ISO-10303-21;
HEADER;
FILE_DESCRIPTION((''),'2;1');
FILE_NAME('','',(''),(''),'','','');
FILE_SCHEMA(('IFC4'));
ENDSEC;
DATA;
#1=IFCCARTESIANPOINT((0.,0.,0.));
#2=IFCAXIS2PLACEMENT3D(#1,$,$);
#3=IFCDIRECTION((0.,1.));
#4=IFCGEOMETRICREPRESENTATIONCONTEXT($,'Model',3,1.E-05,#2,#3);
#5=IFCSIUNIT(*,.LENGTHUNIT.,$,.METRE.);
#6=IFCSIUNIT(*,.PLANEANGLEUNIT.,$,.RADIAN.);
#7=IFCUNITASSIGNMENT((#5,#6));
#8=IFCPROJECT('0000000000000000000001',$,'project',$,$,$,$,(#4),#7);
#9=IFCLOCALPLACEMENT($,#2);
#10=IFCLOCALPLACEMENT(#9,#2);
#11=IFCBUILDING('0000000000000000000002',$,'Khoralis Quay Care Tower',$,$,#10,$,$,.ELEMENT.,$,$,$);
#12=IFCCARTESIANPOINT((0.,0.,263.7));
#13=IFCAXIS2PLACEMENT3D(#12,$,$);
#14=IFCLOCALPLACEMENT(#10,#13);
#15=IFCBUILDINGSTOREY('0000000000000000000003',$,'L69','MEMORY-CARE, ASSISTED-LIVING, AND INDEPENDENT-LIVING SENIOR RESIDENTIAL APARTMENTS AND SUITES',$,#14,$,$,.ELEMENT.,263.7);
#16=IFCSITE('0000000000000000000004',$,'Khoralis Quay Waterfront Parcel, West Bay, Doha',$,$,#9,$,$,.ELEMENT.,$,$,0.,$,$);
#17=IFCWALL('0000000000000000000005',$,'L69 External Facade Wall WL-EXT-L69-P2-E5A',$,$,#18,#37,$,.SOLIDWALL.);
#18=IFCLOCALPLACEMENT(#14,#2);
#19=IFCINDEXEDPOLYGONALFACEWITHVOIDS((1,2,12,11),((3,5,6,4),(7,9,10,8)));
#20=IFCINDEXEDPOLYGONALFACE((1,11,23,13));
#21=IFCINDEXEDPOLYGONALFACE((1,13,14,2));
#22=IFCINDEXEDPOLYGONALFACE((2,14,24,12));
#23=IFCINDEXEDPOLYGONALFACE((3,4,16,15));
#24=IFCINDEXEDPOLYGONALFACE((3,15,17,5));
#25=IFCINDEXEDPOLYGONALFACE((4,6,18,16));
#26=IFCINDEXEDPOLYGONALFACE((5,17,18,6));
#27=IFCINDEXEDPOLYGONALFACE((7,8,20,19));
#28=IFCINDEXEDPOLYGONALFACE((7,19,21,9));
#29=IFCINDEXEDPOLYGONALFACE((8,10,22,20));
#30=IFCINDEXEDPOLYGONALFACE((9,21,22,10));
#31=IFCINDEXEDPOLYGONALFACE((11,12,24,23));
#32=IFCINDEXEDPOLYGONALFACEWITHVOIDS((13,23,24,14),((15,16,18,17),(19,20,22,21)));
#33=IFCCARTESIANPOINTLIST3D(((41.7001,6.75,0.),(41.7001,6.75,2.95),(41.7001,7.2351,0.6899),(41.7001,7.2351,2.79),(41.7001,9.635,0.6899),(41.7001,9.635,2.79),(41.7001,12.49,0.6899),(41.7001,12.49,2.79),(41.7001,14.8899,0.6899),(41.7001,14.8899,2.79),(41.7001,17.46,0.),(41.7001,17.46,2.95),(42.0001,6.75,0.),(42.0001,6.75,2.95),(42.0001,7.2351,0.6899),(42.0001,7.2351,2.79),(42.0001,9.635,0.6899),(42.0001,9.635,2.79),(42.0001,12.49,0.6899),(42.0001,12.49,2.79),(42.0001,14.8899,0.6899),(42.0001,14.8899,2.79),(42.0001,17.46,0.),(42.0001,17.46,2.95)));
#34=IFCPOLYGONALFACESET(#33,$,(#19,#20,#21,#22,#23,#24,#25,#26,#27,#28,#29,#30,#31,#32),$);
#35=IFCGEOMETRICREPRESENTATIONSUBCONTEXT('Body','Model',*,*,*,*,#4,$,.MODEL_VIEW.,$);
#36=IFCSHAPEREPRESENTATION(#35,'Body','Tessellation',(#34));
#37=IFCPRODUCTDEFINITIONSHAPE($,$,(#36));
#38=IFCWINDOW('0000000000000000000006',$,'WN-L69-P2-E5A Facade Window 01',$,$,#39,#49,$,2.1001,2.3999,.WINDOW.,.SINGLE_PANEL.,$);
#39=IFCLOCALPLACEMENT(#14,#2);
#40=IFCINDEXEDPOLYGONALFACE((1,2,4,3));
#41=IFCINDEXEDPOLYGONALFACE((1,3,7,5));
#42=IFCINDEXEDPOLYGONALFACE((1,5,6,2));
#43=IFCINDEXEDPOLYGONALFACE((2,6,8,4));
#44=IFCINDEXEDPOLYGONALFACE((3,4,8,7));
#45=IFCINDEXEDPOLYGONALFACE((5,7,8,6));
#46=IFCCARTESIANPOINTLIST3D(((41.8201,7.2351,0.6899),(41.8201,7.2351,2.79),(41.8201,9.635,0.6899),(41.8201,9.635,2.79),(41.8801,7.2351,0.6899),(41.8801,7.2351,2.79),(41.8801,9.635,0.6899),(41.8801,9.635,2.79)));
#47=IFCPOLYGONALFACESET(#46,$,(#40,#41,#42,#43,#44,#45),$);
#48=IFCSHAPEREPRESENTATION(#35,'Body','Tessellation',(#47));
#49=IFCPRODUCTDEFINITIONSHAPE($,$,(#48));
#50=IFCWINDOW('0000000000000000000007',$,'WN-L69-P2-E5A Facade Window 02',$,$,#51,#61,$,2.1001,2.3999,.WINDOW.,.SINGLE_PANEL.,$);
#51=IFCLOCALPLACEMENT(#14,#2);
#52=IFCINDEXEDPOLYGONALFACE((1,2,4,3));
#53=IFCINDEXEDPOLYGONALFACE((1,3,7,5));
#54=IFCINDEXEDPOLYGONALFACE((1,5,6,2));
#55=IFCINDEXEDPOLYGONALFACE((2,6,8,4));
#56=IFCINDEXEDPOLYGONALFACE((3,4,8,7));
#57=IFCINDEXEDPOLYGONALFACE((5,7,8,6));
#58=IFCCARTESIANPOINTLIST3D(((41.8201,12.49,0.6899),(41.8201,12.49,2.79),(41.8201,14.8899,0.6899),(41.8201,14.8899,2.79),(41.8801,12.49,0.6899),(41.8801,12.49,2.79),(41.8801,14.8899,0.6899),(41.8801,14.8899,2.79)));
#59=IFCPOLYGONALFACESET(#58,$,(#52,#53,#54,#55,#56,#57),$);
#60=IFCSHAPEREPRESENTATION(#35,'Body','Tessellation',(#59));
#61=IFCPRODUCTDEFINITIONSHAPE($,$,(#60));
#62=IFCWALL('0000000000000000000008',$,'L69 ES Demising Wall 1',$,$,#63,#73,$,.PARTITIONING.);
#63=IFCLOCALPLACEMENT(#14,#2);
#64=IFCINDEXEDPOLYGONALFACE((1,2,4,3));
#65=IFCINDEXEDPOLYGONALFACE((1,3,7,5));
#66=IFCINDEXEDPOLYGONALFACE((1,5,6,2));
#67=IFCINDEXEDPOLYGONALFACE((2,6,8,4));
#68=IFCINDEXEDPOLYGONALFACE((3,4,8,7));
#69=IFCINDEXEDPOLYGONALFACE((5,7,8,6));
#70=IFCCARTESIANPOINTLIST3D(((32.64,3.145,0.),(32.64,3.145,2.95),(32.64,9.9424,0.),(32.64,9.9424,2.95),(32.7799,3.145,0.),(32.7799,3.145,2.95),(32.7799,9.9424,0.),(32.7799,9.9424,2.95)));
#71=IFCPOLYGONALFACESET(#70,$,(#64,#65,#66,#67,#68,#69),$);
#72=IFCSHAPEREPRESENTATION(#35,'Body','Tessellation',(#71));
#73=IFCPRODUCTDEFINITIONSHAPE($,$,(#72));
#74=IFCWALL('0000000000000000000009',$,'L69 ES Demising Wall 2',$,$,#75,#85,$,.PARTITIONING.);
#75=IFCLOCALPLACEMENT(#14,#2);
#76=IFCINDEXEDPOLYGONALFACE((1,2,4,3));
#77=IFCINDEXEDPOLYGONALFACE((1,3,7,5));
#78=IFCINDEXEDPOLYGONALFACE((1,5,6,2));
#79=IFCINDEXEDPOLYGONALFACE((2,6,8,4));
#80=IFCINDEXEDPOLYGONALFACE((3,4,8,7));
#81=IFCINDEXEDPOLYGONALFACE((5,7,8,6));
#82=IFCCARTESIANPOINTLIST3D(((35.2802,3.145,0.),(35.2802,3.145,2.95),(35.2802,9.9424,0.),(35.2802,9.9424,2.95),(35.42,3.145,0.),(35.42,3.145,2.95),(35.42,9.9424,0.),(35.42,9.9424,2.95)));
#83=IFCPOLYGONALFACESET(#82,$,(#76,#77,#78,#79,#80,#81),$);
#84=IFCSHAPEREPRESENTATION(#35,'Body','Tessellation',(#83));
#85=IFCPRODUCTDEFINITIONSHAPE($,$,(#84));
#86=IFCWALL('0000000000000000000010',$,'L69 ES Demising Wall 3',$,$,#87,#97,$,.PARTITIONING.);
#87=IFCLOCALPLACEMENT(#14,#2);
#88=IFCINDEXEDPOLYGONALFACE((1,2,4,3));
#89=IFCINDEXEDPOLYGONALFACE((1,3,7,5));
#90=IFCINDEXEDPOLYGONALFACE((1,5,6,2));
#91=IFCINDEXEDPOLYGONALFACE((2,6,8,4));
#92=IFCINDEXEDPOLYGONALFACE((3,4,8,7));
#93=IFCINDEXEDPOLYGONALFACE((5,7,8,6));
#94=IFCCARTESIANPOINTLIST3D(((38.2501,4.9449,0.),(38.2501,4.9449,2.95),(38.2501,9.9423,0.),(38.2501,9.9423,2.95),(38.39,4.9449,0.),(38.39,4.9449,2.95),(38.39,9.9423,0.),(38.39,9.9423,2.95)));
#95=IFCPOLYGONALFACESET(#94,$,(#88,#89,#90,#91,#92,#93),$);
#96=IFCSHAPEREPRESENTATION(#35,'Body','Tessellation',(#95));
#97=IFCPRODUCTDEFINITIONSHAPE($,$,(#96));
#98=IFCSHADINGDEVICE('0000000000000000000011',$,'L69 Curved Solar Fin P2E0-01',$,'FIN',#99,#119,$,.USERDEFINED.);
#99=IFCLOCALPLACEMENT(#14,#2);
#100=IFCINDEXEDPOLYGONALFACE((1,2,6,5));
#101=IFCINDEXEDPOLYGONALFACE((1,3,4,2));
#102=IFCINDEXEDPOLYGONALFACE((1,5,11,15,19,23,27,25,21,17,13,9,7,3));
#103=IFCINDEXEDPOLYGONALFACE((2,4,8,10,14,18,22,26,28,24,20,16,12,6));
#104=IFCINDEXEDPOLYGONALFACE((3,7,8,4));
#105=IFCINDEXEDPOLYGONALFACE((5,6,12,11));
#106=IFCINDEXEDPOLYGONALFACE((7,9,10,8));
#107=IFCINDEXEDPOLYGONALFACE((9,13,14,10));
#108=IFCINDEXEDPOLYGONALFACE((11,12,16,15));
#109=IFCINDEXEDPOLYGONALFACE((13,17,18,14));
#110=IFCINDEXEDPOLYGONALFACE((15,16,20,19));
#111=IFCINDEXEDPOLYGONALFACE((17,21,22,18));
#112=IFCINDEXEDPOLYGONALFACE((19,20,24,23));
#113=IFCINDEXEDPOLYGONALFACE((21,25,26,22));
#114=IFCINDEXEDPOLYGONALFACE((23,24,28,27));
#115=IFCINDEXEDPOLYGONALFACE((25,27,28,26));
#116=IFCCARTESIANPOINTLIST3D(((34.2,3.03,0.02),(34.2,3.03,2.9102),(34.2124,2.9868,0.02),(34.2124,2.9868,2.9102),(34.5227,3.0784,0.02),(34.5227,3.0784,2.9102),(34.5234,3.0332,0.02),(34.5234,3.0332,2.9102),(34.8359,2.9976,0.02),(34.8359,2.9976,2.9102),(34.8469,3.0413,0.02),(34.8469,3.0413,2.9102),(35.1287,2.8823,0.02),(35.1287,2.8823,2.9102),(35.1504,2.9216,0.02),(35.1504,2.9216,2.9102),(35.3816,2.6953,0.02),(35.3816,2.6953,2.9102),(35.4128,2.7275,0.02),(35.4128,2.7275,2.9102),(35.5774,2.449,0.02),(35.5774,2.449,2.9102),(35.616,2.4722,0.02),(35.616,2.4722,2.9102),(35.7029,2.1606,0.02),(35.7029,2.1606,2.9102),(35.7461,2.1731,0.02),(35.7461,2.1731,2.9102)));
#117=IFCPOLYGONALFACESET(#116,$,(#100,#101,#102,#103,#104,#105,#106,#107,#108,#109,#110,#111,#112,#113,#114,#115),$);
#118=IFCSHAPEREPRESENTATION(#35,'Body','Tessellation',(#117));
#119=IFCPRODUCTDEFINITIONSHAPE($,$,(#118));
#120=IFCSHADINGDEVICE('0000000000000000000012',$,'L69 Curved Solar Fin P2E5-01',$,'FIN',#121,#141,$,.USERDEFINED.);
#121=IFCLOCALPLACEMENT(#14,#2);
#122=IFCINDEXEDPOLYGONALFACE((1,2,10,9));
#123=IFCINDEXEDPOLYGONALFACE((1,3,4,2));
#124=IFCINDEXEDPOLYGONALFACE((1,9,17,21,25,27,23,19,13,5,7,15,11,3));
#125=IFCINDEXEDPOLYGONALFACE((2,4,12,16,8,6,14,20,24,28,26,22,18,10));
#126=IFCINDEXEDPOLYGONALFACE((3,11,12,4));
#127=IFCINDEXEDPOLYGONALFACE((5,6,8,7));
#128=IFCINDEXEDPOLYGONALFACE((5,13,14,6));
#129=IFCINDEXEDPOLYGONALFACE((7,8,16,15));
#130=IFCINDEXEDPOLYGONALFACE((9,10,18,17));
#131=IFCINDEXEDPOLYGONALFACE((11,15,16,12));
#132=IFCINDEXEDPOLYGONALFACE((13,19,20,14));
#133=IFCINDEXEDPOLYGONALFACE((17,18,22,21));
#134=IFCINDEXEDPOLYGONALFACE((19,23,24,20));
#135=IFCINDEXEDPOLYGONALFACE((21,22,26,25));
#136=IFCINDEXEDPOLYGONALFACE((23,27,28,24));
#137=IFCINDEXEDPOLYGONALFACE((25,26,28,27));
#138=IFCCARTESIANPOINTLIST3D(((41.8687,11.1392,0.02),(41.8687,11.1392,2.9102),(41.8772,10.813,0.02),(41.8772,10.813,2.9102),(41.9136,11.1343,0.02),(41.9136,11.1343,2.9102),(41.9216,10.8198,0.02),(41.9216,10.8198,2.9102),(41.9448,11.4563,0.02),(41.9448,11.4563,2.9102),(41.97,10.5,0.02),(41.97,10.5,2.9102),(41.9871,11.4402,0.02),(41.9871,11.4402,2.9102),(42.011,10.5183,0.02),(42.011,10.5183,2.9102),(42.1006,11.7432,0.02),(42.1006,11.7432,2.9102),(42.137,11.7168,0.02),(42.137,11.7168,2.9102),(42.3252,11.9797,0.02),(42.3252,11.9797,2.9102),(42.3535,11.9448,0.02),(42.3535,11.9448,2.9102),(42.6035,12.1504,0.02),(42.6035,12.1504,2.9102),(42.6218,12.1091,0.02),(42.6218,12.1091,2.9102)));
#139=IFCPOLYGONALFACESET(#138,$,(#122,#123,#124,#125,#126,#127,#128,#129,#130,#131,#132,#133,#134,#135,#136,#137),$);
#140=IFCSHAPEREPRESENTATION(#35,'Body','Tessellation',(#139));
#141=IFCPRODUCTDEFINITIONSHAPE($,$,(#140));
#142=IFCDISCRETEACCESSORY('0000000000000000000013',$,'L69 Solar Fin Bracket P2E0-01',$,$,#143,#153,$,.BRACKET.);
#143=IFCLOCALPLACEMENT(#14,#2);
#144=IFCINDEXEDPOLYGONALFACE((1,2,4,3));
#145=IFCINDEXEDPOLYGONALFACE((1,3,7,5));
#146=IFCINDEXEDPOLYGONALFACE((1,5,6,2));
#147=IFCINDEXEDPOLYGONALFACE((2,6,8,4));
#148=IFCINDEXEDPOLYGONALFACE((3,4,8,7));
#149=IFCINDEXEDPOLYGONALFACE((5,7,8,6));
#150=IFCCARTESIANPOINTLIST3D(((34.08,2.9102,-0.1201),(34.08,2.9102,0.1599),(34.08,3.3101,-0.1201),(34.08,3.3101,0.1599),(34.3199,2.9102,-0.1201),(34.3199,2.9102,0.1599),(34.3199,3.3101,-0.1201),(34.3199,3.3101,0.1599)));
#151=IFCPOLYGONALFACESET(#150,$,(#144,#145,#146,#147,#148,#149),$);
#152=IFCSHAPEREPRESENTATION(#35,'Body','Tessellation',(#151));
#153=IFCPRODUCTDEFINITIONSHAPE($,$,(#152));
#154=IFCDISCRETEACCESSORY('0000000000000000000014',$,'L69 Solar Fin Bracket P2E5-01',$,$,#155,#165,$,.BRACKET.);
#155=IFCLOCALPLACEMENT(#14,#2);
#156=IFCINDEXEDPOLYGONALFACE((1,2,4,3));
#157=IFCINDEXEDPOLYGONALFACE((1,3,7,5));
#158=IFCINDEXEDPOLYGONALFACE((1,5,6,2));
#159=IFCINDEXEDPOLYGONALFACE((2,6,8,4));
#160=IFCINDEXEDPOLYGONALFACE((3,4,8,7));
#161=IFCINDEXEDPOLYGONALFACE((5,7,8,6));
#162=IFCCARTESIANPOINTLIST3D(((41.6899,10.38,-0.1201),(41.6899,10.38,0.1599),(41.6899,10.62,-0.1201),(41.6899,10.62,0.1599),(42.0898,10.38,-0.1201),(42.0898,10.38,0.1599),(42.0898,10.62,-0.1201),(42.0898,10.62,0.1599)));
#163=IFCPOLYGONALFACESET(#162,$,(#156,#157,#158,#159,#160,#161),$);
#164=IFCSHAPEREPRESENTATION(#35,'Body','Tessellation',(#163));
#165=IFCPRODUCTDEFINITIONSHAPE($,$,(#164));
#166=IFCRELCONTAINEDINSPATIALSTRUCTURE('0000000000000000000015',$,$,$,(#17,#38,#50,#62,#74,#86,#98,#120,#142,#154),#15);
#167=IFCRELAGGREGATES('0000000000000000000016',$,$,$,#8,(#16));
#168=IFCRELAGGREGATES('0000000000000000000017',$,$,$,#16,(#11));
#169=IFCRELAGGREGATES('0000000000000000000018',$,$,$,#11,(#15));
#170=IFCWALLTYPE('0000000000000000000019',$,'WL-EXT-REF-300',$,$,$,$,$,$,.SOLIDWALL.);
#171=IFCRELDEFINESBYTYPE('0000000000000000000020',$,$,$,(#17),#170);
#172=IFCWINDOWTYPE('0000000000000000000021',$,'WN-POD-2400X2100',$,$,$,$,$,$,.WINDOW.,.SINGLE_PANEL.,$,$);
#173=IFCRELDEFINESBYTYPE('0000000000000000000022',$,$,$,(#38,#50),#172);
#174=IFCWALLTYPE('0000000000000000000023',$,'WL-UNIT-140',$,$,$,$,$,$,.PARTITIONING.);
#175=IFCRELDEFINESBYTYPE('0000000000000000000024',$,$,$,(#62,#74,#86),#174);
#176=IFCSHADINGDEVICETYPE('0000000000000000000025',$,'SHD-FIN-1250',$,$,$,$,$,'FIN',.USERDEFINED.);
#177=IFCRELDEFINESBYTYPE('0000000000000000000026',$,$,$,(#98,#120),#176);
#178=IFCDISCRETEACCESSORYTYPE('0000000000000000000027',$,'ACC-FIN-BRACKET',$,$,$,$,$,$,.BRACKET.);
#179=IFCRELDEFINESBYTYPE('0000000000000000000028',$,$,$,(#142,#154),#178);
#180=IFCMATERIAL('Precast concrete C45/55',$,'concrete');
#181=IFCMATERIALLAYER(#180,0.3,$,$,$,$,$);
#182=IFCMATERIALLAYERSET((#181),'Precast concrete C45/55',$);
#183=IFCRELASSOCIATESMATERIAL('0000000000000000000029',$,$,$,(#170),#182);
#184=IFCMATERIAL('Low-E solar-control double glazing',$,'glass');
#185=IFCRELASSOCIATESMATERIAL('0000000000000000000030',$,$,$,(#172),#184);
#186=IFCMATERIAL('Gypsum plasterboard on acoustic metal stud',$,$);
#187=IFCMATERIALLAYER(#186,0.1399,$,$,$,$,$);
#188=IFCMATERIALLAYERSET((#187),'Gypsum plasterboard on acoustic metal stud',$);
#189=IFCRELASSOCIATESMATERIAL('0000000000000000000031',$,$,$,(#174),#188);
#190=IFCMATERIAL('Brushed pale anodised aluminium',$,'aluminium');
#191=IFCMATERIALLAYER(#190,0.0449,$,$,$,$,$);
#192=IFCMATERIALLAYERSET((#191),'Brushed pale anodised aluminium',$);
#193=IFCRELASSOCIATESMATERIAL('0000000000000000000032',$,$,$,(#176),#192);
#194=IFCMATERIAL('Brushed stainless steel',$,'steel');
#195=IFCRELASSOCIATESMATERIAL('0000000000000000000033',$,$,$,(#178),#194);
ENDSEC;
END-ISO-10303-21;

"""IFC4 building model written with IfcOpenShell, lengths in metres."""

from ifc_helpers import new_model, si_unit, direction, frame, frame_2d, origin, origin_2d, place, context, subcontext, project, spatial, polyline, rectangle, outline, extrude, source, transform, mapped, material, layer, layer_set, type_object, element, fill, save


model = new_model("IFC4")

# Units and contexts
model_context = context("Model", 3, precision=1e-05, world=origin(), true_north=direction((0.0, 1.0)))
body_context = subcontext(model_context, "Body", "Model", "MODEL_VIEW")
ifc_project = project(units=[si_unit("LENGTHUNIT", "METRE"), si_unit("PLANEANGLEUNIT", "RADIAN")], contexts=[model_context])

# Site, building, storey
site_placement = place(None, origin())
site = spatial("IfcSite", under=ifc_project, at=site_placement, Name="Khoralis Quay Waterfront Parcel, West Bay, Doha", CompositionType="ELEMENT", RefElevation=0.0)
building_placement = place(site_placement, origin())
building = spatial("IfcBuilding", under=site, at=building_placement, Name="Khoralis Quay Care Tower", CompositionType="ELEMENT")
storey_placement = place(building_placement, frame((0.0, 0.0, 263.7)))
storey = spatial("IfcBuildingStorey", under=building, at=storey_placement, Name="L69", Description="MEMORY-CARE, ASSISTED-LIVING, AND INDEPENDENT-LIVING SENIOR RESIDENTIAL APARTMENTS AND SUITES", CompositionType="ELEMENT", Elevation=263.7)

# Shared definitions
ifc_material_1 = material(Name="Gypsum plasterboard on acoustic metal stud")

# Shared definitions
ifc_material_2 = material(Name="Precast concrete C45/55", Category="concrete")
ifc_layer_1 = layer(ifc_material_2, 0.3)
ifc_layer_set_1 = layer_set([ifc_layer_1], Name="Precast concrete C45/55")
wall_type_1 = type_object("IfcWallType", Name="WL-EXT-REF-300", PredefinedType="SOLIDWALL", material=ifc_layer_set_1)

# Wall, openings, windows
wall_1_placement = place(storey_placement, frame((41.8501, 6.75, 0.0), z_axis=(0.0, 0.0, 1.0), x_axis=(0.0, 1.0, 0.0)))
wall_1 = element("IfcWall", 1, at=wall_1_placement, inside=storey, type_object=wall_type_1, Name="L69 External Facade Wall WL-EXT-L69-P2-E5A", PredefinedType="SOLIDWALL", context=body_context, shape_type="SweptSolid", body=[
    extrude(rectangle(XDim=10.71, YDim=0.3, at=frame_2d((5.355, 0.0))), origin(), (0.0, 0.0, 1.0), 2.95),
])
opening_1_placement = place(wall_1_placement, frame((0.4851, 0.0, 0.6899)))
opening_1 = element("IfcOpeningElement", 2, at=opening_1_placement, cuts=wall_1, PredefinedType="OPENING", context=body_context, shape_type="SweptSolid", body=[
    extrude(rectangle(XDim=2.3999, YDim=2.1001, at=frame_2d((1.2, 1.05))), frame((0.0, 0.1602, 0.0), z_axis=(0.0, -1.0, 0.0), x_axis=(1.0, 0.0, 0.0)), (0.0, 0.0, 1.0), 0.3201),
])
opening_2_placement = place(wall_1_placement, frame((5.74, 0.0, 0.6899)))
opening_2 = element("IfcOpeningElement", 3, at=opening_2_placement, cuts=wall_1, PredefinedType="OPENING", context=body_context, shape_type="SweptSolid", body=[
    extrude(rectangle(XDim=2.3999, YDim=2.1001, at=frame_2d((1.2, 1.05))), frame((0.0, 0.1602, 0.0), z_axis=(0.0, -1.0, 0.0), x_axis=(1.0, 0.0, 0.0)), (0.0, 0.0, 1.0), 0.3201),
])
ifc_material_3 = material(Name="Low-E solar-control double glazing", Category="glass")
window_type = type_object("IfcWindowType", Name="WN-POD-2400X2100", PartitioningType="SINGLE_PANEL", PredefinedType="WINDOW", material=ifc_material_3)
shared_shape_1 = source(origin(), body_context, "Body", "SweptSolid", [
    extrude(rectangle(XDim=2.3999, YDim=2.1001, at=frame_2d((1.2, 1.05))), frame((0.0, 0.03, 0.0), z_axis=(0.0, -1.0, 0.0), x_axis=(1.0, 0.0, 0.0)), (0.0, 0.0, 1.0), 0.0601),
])
window_1_placement = place(opening_1_placement, origin())
window_1 = element("IfcWindow", 4, at=window_1_placement, inside=storey, type_object=window_type, Name="WN-L69-P2-E5A Facade Window 01", OverallHeight=2.1001, OverallWidth=2.3999, PartitioningType="SINGLE_PANEL", PredefinedType="WINDOW", context=body_context, shape_type="MappedRepresentation", body=[
    mapped(shared_shape_1, transform((0.0, 0.0, 0.0), scale=1.0)),
])
fill(opening_1, window_1)
window_2_placement = place(opening_2_placement, origin())
window_2 = element("IfcWindow", 5, at=window_2_placement, inside=storey, type_object=window_type, Name="WN-L69-P2-E5A Facade Window 02", OverallHeight=2.1001, OverallWidth=2.3999, PartitioningType="SINGLE_PANEL", PredefinedType="WINDOW", context=body_context, shape_type="MappedRepresentation", body=[
    mapped(shared_shape_1, transform((0.0, 0.0, 0.0), scale=1.0)),
])
fill(opening_2, window_2)

# Walls
ifc_layer_2 = layer(ifc_material_1, 0.1399)
ifc_layer_set_2 = layer_set([ifc_layer_2], Name="Gypsum plasterboard on acoustic metal stud")
wall_type_2 = type_object("IfcWallType", Name="WL-UNIT-140", PredefinedType="PARTITIONING", material=ifc_layer_set_2)
for number, where, z_axis, x_axis, name in (
    (6, (32.71, 3.145, 0.0), (0.0, 0.0, 1.0), (0.0, 1.0, 0.0), "L69 ES Demising Wall 1"),
    (7, (35.3501, 3.145, 0.0), (0.0, 0.0, 1.0), (0.0, 1.0, 0.0), "L69 ES Demising Wall 2"),
):
    element("IfcWall", number, at=place(storey_placement, frame(where, z_axis=z_axis, x_axis=x_axis)), inside=storey, type_object=wall_type_2, Name=name, PredefinedType="PARTITIONING", context=body_context, shape_type="SweptSolid", body=[
        extrude(rectangle(XDim=6.7974, YDim=0.1399, at=frame_2d((3.3987, 0.0))), origin(), (0.0, 0.0, 1.0), 2.95),
    ])
wall_2_placement = place(storey_placement, frame((38.3201, 4.9451, 0.0), z_axis=(0.0, 0.0, 1.0), x_axis=(0.0, 1.0, 0.0)))
element("IfcWall", 8, at=wall_2_placement, inside=storey, type_object=wall_type_2, Name="L69 ES Demising Wall 3", PredefinedType="PARTITIONING", context=body_context, shape_type="SweptSolid", body=[
    extrude(rectangle(XDim=4.9973, YDim=0.1399, at=frame_2d((2.4985, 0.0))), origin(), (0.0, 0.0, 1.0), 2.95),
])

# Shading devices
ifc_material_4 = material(Name="Brushed pale anodised aluminium", Category="aluminium")
ifc_layer_3 = layer(ifc_material_4, 0.0449)
ifc_layer_set_3 = layer_set([ifc_layer_3], Name="Brushed pale anodised aluminium")
shading_device_type = type_object("IfcShadingDeviceType", Name="SHD-FIN-1250", ElementType="FIN", PredefinedType="USERDEFINED", material=ifc_layer_set_3)
shared_shape_2 = source(origin(), body_context, "Body", "SweptSolid", [
    extrude(outline(polyline([(0.0, 0.0), (-0.0483, 0.3228), (-0.0112, 0.647), (0.1084, 0.9504), (0.3025, 1.2129), (0.5579, 1.416), (0.8569, 1.5461), (0.8694, 1.5029), (0.5811, 1.3774), (0.3347, 1.1816), (0.1477, 0.9287), (0.0325, 0.636), (-0.0032, 0.3235), (0.0432, 0.0125), (0.0, 0.0)])), origin(), (0.0, 0.0, 1.0), 2.8901),
])
shading_device_1_placement = place(storey_placement, frame((34.2, 3.03, 0.02), z_axis=(0.0, 0.0, 1.0), x_axis=(0.0, -1.0, 0.0)))
element("IfcShadingDevice", 9, at=shading_device_1_placement, inside=storey, type_object=shading_device_type, Name="L69 Curved Solar Fin P2E0-01", ObjectType="FIN", PredefinedType="USERDEFINED", context=body_context, shape_type="MappedRepresentation", body=[
    mapped(shared_shape_2, transform((0.0, 0.0, 0.0), scale=1.0)),
])
shared_shape_3 = source(origin(), body_context, "Body", "SweptSolid", [
    extrude(outline(polyline([(0.0, 0.0), (-0.0928, 0.313), (-0.1013, 0.6392), (-0.0251, 0.9563), (0.1306, 1.2432), (0.3552, 1.4797), (0.6335, 1.6504), (0.6519, 1.6091), (0.3835, 1.4448), (0.167, 1.2168), (0.0171, 0.9402), (-0.0564, 0.6343), (-0.0483, 0.3198), (0.041, 0.0183), (0.0, 0.0)])), origin(), (0.0, 0.0, 1.0), 2.8901),
])
shading_device_2_placement = place(storey_placement, frame((41.97, 10.5, 0.02), z_axis=(0.0, 0.0, 1.0), x_axis=(1.0, 0.0, 0.0)))
element("IfcShadingDevice", 10, at=shading_device_2_placement, inside=storey, type_object=shading_device_type, Name="L69 Curved Solar Fin P2E5-01", ObjectType="FIN", PredefinedType="USERDEFINED", context=body_context, shape_type="MappedRepresentation", body=[
    mapped(shared_shape_3, transform((0.0, 0.0, 0.0), scale=1.0)),
])

# Discrete accessories
ifc_material_5 = material(Name="Brushed stainless steel", Category="steel")
discrete_accessory_type = type_object("IfcDiscreteAccessoryType", Name="ACC-FIN-BRACKET", PredefinedType="BRACKET", material=ifc_material_5)
shared_shape_4 = source(origin(), body_context, "Body", "SweptSolid", [
    extrude(rectangle(XDim=0.3999, YDim=0.24, at=origin_2d()), origin(), (0.0, 0.0, 1.0), 0.28),
])
for number, where, z_axis, x_axis, name in (
    (11, (34.2, 3.1101, -0.1201), (0.0, 0.0, 1.0), (0.0, -1.0, 0.0), "L69 Solar Fin Bracket P2E0-01"),
    (12, (41.8899, 10.5, -0.1201), (0.0, 0.0, 1.0), (1.0, 0.0, 0.0), "L69 Solar Fin Bracket P2E5-01"),
):
    element("IfcDiscreteAccessory", number, at=place(storey_placement, frame(where, z_axis=z_axis, x_axis=x_axis)), inside=storey, type_object=discrete_accessory_type, Name=name, PredefinedType="BRACKET", context=body_context, shape_type="MappedRepresentation", body=[
        mapped(shared_shape_4, transform((0.0, 0.0, 0.0), scale=1.0)),
    ])

save(model, "model.ifc")
